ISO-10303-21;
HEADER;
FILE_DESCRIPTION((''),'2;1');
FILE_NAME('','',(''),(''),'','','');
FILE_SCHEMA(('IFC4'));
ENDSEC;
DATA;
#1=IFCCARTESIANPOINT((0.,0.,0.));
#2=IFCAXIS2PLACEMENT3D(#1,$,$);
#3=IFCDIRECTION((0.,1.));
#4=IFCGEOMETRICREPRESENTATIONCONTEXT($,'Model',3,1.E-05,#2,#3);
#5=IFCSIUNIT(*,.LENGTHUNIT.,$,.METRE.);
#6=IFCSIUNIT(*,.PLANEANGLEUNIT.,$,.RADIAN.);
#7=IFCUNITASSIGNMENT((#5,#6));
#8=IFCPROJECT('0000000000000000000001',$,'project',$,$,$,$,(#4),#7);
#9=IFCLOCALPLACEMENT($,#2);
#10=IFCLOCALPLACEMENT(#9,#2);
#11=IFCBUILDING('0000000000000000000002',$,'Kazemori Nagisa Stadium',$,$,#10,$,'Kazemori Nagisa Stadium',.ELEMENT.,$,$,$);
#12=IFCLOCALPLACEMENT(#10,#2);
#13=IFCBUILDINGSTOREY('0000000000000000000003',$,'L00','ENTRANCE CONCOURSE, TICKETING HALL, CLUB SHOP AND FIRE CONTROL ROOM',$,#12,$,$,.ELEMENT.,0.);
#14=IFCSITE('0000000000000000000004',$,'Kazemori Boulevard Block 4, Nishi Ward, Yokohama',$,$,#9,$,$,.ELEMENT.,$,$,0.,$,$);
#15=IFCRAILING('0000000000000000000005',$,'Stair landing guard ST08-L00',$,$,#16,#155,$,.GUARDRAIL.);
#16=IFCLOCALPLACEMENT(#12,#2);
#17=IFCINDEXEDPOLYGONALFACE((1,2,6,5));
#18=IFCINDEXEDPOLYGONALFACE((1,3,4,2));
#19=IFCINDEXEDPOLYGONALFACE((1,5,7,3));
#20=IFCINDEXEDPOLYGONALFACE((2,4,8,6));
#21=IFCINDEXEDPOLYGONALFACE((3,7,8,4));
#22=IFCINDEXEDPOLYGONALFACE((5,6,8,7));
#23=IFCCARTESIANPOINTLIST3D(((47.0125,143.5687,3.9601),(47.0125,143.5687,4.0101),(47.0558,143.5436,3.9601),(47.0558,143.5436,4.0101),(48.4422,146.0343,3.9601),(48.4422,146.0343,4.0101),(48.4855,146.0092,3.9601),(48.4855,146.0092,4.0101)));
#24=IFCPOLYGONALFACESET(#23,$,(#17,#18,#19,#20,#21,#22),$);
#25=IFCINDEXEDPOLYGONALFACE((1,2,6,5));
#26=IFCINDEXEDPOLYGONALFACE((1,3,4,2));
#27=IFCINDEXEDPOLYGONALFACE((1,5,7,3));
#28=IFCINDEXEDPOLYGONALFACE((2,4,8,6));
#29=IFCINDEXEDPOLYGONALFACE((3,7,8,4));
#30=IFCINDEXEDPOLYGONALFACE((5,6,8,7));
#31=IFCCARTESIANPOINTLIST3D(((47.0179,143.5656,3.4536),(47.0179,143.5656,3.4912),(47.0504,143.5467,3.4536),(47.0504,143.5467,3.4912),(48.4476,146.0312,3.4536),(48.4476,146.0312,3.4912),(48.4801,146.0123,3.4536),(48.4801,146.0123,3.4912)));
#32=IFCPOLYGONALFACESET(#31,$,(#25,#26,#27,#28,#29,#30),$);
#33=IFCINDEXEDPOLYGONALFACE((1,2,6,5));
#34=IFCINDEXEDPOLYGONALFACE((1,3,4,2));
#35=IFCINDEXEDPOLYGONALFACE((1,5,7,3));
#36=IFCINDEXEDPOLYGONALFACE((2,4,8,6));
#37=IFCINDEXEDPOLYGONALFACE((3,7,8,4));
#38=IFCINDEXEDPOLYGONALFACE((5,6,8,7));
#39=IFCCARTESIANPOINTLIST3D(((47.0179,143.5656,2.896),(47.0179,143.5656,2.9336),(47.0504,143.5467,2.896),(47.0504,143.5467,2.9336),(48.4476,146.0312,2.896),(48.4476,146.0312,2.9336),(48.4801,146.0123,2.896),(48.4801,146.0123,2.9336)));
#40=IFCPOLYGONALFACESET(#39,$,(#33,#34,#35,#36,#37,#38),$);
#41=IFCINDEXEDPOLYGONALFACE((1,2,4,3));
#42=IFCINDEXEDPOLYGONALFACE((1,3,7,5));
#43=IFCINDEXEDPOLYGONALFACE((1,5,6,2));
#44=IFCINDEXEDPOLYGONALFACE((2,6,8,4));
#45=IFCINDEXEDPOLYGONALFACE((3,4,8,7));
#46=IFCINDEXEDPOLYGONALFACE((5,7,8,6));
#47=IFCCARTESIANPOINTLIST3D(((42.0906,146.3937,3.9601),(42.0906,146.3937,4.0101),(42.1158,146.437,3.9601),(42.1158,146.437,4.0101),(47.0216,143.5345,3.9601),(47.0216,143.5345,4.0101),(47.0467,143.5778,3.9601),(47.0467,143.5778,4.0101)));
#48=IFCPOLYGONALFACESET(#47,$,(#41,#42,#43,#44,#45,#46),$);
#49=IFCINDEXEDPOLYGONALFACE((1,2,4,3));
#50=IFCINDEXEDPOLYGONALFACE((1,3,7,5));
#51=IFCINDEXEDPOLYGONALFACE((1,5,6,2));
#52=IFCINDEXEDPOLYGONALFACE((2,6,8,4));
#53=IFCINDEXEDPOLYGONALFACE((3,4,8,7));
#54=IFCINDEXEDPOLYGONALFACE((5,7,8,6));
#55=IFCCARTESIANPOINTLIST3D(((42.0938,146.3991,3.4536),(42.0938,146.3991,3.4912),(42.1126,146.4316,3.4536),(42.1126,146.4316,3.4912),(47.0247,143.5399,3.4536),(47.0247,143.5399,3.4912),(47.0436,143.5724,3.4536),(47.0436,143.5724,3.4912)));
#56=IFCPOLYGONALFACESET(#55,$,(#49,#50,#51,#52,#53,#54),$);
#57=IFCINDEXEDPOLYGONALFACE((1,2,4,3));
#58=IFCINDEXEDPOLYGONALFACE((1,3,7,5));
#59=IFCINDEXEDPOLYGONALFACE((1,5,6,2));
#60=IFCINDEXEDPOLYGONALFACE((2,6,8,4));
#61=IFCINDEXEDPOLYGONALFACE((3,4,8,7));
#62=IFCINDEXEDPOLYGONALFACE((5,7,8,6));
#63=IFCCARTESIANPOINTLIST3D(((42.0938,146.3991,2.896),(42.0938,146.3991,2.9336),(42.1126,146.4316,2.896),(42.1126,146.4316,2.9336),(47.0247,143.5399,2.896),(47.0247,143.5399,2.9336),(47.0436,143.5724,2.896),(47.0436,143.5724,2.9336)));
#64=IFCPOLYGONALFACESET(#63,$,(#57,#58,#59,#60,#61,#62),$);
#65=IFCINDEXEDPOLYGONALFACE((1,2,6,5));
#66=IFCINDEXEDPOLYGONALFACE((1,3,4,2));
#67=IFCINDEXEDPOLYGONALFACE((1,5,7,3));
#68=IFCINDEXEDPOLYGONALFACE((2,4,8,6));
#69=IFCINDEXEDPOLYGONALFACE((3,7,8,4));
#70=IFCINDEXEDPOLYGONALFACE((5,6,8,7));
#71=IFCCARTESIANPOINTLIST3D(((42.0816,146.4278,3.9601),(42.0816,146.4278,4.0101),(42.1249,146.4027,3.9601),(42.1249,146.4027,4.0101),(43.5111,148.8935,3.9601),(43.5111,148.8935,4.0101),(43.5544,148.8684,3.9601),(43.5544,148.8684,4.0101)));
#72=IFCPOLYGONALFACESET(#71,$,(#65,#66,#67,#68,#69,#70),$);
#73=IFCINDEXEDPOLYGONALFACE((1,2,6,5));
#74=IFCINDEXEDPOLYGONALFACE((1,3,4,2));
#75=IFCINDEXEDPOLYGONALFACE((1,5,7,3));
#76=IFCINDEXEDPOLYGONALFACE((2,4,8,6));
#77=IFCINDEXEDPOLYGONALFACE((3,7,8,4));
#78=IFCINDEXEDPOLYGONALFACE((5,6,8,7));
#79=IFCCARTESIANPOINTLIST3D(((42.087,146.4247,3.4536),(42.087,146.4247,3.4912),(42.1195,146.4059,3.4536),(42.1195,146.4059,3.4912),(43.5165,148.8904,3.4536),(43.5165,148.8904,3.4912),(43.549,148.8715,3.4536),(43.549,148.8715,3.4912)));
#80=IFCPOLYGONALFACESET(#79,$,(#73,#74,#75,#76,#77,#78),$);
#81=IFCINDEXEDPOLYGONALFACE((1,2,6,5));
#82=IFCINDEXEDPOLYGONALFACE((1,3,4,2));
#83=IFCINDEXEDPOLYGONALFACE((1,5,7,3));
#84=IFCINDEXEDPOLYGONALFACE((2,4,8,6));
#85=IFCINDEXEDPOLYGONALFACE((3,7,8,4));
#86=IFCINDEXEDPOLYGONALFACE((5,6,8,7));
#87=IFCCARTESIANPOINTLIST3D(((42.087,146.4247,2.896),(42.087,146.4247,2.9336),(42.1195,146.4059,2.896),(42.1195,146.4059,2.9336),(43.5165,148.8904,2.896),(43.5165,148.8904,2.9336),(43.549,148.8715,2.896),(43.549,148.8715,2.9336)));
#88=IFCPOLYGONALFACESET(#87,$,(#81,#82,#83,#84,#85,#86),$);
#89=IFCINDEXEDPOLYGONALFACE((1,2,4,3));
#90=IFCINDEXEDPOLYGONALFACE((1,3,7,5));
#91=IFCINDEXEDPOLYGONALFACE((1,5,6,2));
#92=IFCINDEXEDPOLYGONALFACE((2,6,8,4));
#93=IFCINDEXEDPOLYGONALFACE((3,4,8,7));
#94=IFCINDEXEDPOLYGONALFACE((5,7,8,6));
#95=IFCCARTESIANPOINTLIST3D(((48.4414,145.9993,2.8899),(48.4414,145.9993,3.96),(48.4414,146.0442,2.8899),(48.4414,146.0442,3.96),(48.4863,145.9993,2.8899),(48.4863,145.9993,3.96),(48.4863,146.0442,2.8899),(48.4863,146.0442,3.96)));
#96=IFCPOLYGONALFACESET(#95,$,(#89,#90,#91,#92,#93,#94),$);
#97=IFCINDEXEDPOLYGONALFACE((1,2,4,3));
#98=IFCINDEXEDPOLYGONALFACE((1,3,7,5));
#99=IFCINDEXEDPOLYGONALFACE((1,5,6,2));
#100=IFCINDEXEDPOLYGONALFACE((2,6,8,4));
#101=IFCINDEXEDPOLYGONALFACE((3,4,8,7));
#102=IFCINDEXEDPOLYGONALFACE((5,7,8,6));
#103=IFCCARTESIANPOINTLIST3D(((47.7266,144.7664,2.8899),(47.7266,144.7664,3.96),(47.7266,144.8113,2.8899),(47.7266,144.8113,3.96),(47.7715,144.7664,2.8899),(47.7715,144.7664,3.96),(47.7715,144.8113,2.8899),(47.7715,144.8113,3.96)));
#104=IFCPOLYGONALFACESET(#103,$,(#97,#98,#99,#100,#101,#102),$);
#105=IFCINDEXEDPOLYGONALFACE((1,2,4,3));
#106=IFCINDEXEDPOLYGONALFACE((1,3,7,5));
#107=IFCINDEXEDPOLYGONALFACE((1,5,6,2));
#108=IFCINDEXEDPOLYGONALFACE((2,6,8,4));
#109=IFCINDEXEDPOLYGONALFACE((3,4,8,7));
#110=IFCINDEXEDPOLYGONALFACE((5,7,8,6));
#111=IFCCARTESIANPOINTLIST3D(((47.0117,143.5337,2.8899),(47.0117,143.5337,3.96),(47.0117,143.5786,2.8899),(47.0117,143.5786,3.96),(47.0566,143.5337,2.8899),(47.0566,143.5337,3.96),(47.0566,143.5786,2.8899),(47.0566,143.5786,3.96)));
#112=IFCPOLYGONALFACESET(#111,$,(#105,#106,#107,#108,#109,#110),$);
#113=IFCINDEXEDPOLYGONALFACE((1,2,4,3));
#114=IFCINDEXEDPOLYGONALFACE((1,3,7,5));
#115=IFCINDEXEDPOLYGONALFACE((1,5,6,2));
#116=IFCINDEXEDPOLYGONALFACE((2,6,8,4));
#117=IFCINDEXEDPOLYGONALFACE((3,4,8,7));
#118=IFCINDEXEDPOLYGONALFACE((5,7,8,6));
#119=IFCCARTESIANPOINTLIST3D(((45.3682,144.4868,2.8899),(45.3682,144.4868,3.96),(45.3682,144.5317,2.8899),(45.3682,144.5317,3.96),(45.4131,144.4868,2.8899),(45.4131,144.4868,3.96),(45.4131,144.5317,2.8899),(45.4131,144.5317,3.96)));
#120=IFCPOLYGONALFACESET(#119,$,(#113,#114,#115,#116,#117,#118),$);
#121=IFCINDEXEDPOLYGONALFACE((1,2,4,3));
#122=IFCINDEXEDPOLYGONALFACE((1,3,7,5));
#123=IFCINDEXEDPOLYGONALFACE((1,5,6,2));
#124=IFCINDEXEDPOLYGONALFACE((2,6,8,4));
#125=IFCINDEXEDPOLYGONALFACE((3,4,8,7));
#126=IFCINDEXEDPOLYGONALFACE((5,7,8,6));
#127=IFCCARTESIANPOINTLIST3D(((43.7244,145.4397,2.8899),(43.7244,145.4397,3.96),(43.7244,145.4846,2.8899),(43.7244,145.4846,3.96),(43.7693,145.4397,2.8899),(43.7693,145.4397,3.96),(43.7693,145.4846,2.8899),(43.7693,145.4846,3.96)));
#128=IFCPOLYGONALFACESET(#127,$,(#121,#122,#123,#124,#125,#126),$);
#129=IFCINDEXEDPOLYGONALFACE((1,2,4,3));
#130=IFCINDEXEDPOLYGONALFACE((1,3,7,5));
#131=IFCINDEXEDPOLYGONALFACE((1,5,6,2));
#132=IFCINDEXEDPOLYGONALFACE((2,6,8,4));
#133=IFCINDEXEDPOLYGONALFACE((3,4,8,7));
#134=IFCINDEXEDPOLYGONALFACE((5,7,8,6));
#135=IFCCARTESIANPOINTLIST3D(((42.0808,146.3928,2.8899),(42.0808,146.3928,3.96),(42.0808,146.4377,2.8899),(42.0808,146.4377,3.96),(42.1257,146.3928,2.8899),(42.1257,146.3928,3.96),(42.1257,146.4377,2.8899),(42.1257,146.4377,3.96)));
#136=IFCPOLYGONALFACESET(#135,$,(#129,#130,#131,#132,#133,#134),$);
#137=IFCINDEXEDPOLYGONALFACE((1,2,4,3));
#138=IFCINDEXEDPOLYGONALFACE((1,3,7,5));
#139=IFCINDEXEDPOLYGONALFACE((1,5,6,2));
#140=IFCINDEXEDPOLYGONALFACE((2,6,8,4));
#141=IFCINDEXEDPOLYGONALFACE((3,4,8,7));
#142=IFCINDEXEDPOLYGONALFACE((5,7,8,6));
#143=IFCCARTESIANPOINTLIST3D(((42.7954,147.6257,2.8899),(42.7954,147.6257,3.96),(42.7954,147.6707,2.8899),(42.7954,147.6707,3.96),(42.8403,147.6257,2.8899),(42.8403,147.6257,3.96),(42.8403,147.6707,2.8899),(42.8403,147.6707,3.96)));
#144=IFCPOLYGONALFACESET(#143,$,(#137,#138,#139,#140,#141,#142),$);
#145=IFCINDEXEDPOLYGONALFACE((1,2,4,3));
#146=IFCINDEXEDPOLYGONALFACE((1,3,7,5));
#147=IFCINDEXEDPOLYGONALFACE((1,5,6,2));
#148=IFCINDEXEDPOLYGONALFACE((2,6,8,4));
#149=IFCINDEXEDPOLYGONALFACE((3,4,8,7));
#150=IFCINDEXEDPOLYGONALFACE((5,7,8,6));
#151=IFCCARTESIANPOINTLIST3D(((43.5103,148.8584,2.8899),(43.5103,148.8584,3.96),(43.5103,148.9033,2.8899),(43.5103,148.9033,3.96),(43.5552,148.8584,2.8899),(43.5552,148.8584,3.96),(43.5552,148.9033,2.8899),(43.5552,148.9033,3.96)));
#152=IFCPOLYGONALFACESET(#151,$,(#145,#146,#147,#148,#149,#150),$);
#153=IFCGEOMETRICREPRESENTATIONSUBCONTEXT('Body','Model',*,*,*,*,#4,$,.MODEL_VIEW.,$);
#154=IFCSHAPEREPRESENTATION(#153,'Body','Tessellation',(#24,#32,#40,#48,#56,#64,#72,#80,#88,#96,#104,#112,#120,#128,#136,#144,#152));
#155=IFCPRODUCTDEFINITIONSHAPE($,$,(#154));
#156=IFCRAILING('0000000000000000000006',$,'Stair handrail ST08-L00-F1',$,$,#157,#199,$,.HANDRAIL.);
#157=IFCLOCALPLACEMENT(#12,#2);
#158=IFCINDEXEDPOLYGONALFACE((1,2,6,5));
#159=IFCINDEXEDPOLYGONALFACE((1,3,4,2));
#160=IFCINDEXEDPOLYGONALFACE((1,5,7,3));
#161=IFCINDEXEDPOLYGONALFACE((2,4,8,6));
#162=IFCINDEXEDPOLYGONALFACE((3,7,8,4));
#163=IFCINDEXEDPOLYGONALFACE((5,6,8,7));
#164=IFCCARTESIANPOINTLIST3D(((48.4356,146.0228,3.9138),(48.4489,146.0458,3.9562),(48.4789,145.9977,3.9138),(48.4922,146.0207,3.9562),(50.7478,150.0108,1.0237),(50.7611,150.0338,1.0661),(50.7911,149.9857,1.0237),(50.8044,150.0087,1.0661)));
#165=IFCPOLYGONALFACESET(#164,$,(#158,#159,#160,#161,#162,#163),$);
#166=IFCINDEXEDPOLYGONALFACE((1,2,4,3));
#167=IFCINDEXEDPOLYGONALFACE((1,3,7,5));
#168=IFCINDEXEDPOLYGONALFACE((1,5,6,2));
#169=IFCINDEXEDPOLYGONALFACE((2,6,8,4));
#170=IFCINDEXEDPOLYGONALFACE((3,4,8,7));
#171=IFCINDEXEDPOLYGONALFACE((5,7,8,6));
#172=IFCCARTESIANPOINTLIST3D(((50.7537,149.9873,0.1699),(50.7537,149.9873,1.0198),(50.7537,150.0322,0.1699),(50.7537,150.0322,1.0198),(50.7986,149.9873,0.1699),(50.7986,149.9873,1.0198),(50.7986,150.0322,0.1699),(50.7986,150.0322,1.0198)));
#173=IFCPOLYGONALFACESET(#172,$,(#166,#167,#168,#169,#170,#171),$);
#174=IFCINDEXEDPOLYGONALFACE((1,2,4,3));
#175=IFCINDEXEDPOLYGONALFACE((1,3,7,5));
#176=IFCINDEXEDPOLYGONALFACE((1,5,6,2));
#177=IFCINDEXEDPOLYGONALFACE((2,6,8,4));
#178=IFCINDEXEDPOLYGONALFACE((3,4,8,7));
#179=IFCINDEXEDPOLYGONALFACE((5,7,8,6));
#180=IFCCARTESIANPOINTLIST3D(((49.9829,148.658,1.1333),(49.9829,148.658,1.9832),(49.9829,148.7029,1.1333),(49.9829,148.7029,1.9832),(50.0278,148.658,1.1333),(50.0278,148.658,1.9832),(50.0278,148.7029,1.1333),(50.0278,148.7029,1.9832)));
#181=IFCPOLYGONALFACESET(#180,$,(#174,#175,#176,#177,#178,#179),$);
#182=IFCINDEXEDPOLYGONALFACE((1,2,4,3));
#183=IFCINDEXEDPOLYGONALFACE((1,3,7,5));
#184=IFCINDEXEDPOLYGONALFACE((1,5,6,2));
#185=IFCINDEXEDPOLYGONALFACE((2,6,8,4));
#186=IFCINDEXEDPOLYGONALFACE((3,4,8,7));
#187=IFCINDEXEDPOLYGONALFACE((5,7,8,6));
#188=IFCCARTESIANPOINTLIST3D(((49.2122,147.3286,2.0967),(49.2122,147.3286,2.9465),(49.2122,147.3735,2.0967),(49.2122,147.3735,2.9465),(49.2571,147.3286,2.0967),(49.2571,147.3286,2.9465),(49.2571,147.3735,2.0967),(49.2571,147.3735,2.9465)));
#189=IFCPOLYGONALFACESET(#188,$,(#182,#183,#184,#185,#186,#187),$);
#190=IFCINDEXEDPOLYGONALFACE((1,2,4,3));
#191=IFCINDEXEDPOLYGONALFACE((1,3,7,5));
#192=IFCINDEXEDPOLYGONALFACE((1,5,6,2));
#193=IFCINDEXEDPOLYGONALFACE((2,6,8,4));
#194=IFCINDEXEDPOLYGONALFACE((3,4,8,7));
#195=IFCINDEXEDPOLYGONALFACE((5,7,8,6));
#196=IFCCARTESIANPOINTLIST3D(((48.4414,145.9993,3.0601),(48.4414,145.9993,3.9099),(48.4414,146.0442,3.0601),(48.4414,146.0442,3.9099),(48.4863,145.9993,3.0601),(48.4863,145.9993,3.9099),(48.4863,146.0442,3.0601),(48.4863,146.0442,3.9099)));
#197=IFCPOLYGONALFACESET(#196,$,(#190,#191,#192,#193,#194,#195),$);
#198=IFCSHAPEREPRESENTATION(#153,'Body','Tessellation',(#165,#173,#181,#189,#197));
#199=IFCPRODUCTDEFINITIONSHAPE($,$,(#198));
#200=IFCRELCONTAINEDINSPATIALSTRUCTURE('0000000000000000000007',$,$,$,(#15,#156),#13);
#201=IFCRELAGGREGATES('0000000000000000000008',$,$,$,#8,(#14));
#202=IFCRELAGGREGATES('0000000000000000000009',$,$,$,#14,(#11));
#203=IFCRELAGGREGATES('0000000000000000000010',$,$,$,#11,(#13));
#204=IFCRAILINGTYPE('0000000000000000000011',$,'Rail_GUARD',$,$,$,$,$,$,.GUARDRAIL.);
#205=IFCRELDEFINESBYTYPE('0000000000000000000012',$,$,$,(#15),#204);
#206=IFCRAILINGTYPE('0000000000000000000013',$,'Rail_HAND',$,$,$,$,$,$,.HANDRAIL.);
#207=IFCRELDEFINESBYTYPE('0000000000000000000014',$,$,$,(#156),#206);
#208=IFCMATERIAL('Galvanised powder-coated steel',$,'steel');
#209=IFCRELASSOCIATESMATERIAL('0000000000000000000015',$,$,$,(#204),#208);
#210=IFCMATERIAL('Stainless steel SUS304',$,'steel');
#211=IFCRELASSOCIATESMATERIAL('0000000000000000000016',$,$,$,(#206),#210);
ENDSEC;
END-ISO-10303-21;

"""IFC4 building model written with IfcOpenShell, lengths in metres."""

from ifc_helpers import new_model, si_unit, direction, frame, origin, origin_2d, place, context, subcontext, project, spatial, rectangle, extrude, material, type_object, element, save


model = new_model("IFC4")

# Units and contexts
model_context = context("Model", 3, precision=1e-05, world=origin(), true_north=direction((0.0, 1.0)))
body_context = subcontext(model_context, "Body", "Model", "MODEL_VIEW")
ifc_project = project(units=[si_unit("LENGTHUNIT", "METRE"), si_unit("PLANEANGLEUNIT", "RADIAN")], contexts=[model_context])

# Site, building, storey
site_placement = place(None, origin())
site = spatial("IfcSite", under=ifc_project, at=site_placement, Name="Kazemori Boulevard Block 4, Nishi Ward, Yokohama", CompositionType="ELEMENT", RefElevation=0.0)
building_placement = place(site_placement, origin())
building = spatial("IfcBuilding", under=site, at=building_placement, Name="Kazemori Nagisa Stadium", LongName="Kazemori Nagisa Stadium", CompositionType="ELEMENT")
storey_placement = place(building_placement, origin())
storey = spatial("IfcBuildingStorey", under=building, at=storey_placement, Name="L00", Description="ENTRANCE CONCOURSE, TICKETING HALL, CLUB SHOP AND FIRE CONTROL ROOM", CompositionType="ELEMENT", Elevation=0.0)

# Shared definitions
ifc_material_1 = material(Name="Stainless steel SUS304", Category="steel")

# Railings
ifc_material_2 = material(Name="Galvanised powder-coated steel", Category="steel")
railing_type_1 = type_object("IfcRailingType", Name="Rail_GUARD", PredefinedType="GUARDRAIL", material=ifc_material_2)
railing_1_placement = place(storey_placement, frame((48.4639, 146.0217, 2.8899)))
element("IfcRailing", 1, at=railing_1_placement, inside=storey, type_object=railing_type_1, Name="Stair landing guard ST08-L00", PredefinedType="GUARDRAIL", context=body_context, shape_type="SweptSolid", body=[
    extrude(rectangle(XDim=0.05, YDim=0.05, at=origin_2d()), frame((0.0, 0.0, 1.0952), z_axis=(-0.501627, -0.865084, 0.0), x_axis=(0.865084, -0.501627, 0.0)), (0.0, 0.0, 1.0), 2.8501),
    extrude(rectangle(XDim=0.0376, YDim=0.0376, at=origin_2d()), frame((0.0, 0.0, 0.5825), z_axis=(-0.501627, -0.865084, 0.0), x_axis=(0.865084, -0.501627, 0.0)), (0.0, 0.0, 1.0), 2.8501),
    extrude(rectangle(XDim=0.0376, YDim=0.0376, at=origin_2d()), frame((0.0, 0.0, 0.0249), z_axis=(-0.501627, -0.865084, 0.0), x_axis=(0.865084, -0.501627, 0.0)), (0.0, 0.0, 1.0), 2.8501),
    extrude(rectangle(XDim=0.05, YDim=0.05, at=origin_2d()), frame((-1.4297, -2.4656, 1.0952), z_axis=(-0.865092, 0.501614, 0.0), x_axis=(-0.501614, -0.865092, 0.0)), (0.0, 0.0, 1.0), 5.7),
    extrude(rectangle(XDim=0.0376, YDim=0.0376, at=origin_2d()), frame((-1.4297, -2.4656, 0.5825), z_axis=(-0.865092, 0.501614, 0.0), x_axis=(-0.501614, -0.865092, 0.0)), (0.0, 0.0, 1.0), 5.7),
    extrude(rectangle(XDim=0.0376, YDim=0.0376, at=origin_2d()), frame((-1.4297, -2.4656, 0.0249), z_axis=(-0.865092, 0.501614, 0.0), x_axis=(-0.501614, -0.865092, 0.0)), (0.0, 0.0, 1.0), 5.7),
    extrude(rectangle(XDim=0.05, YDim=0.05, at=origin_2d()), frame((-6.3606, 0.3936, 1.0952), z_axis=(0.501563, 0.865121, 0.0), x_axis=(-0.865121, 0.501563, 0.0)), (0.0, 0.0, 1.0), 2.8501),
    extrude(rectangle(XDim=0.0376, YDim=0.0376, at=origin_2d()), frame((-6.3606, 0.3936, 0.5825), z_axis=(0.501563, 0.865121, 0.0), x_axis=(-0.865121, 0.501563, 0.0)), (0.0, 0.0, 1.0), 2.8501),
    extrude(rectangle(XDim=0.0376, YDim=0.0376, at=origin_2d()), frame((-6.3606, 0.3936, 0.0249), z_axis=(0.501563, 0.865121, 0.0), x_axis=(-0.865121, 0.501563, 0.0)), (0.0, 0.0, 1.0), 2.8501),
    extrude(rectangle(XDim=0.0449, YDim=0.0449, at=origin_2d()), origin(), (0.0, 0.0, 1.0), 1.0701),
    extrude(rectangle(XDim=0.0449, YDim=0.0449, at=origin_2d()), frame((-0.7148, -1.2329, 0.0)), (0.0, 0.0, 1.0), 1.0701),
    extrude(rectangle(XDim=0.0449, YDim=0.0449, at=origin_2d()), frame((-1.4297, -2.4656, 0.0)), (0.0, 0.0, 1.0), 1.0701),
    extrude(rectangle(XDim=0.0449, YDim=0.0449, at=origin_2d()), frame((-3.0732, -1.5125, 0.0)), (0.0, 0.0, 1.0), 1.0701),
    extrude(rectangle(XDim=0.0449, YDim=0.0449, at=origin_2d()), frame((-4.717, -0.5596, 0.0)), (0.0, 0.0, 1.0), 1.0701),
    extrude(rectangle(XDim=0.0449, YDim=0.0449, at=origin_2d()), frame((-6.3606, 0.3936, 0.0)), (0.0, 0.0, 1.0), 1.0701),
    extrude(rectangle(XDim=0.0449, YDim=0.0449, at=origin_2d()), frame((-5.646, 1.6265, 0.0)), (0.0, 0.0, 1.0), 1.0701),
    extrude(rectangle(XDim=0.0449, YDim=0.0449, at=origin_2d()), frame((-4.9312, 2.8591, 0.0)), (0.0, 0.0, 1.0), 1.0701),
])
railing_type_2 = type_object("IfcRailingType", Name="Rail_HAND", PredefinedType="HANDRAIL", material=ifc_material_1)
railing_2_placement = place(storey_placement, frame((50.7761, 150.0098, 0.1699)))
element("IfcRailing", 2, at=railing_2_placement, inside=storey, type_object=railing_type_2, Name="Stair handrail ST08-L00-F1", PredefinedType="HANDRAIL", context=body_context, shape_type="SweptSolid", body=[
    extrude(rectangle(XDim=0.05, YDim=0.05, at=origin_2d()), frame((0.0, 0.0, 0.875), z_axis=(-0.424973, -0.732968, 0.531183), x_axis=(0.865107, -0.501587, 0.0)), (0.0, 0.0, 1.0), 5.4409),
    extrude(rectangle(XDim=0.0449, YDim=0.0449, at=origin_2d()), origin(), (0.0, 0.0, 1.0), 0.8499),
    extrude(rectangle(XDim=0.0449, YDim=0.0449, at=origin_2d()), frame((-0.7708, -1.3293, 0.9634)), (0.0, 0.0, 1.0), 0.8499),
    extrude(rectangle(XDim=0.0449, YDim=0.0449, at=origin_2d()), frame((-1.5415, -2.6587, 1.9268)), (0.0, 0.0, 1.0), 0.8499),
    extrude(rectangle(XDim=0.0449, YDim=0.0449, at=origin_2d()), frame((-2.3123, -3.988, 2.8901)), (0.0, 0.0, 1.0), 0.8499),
])

save(model, "model.ifc")
